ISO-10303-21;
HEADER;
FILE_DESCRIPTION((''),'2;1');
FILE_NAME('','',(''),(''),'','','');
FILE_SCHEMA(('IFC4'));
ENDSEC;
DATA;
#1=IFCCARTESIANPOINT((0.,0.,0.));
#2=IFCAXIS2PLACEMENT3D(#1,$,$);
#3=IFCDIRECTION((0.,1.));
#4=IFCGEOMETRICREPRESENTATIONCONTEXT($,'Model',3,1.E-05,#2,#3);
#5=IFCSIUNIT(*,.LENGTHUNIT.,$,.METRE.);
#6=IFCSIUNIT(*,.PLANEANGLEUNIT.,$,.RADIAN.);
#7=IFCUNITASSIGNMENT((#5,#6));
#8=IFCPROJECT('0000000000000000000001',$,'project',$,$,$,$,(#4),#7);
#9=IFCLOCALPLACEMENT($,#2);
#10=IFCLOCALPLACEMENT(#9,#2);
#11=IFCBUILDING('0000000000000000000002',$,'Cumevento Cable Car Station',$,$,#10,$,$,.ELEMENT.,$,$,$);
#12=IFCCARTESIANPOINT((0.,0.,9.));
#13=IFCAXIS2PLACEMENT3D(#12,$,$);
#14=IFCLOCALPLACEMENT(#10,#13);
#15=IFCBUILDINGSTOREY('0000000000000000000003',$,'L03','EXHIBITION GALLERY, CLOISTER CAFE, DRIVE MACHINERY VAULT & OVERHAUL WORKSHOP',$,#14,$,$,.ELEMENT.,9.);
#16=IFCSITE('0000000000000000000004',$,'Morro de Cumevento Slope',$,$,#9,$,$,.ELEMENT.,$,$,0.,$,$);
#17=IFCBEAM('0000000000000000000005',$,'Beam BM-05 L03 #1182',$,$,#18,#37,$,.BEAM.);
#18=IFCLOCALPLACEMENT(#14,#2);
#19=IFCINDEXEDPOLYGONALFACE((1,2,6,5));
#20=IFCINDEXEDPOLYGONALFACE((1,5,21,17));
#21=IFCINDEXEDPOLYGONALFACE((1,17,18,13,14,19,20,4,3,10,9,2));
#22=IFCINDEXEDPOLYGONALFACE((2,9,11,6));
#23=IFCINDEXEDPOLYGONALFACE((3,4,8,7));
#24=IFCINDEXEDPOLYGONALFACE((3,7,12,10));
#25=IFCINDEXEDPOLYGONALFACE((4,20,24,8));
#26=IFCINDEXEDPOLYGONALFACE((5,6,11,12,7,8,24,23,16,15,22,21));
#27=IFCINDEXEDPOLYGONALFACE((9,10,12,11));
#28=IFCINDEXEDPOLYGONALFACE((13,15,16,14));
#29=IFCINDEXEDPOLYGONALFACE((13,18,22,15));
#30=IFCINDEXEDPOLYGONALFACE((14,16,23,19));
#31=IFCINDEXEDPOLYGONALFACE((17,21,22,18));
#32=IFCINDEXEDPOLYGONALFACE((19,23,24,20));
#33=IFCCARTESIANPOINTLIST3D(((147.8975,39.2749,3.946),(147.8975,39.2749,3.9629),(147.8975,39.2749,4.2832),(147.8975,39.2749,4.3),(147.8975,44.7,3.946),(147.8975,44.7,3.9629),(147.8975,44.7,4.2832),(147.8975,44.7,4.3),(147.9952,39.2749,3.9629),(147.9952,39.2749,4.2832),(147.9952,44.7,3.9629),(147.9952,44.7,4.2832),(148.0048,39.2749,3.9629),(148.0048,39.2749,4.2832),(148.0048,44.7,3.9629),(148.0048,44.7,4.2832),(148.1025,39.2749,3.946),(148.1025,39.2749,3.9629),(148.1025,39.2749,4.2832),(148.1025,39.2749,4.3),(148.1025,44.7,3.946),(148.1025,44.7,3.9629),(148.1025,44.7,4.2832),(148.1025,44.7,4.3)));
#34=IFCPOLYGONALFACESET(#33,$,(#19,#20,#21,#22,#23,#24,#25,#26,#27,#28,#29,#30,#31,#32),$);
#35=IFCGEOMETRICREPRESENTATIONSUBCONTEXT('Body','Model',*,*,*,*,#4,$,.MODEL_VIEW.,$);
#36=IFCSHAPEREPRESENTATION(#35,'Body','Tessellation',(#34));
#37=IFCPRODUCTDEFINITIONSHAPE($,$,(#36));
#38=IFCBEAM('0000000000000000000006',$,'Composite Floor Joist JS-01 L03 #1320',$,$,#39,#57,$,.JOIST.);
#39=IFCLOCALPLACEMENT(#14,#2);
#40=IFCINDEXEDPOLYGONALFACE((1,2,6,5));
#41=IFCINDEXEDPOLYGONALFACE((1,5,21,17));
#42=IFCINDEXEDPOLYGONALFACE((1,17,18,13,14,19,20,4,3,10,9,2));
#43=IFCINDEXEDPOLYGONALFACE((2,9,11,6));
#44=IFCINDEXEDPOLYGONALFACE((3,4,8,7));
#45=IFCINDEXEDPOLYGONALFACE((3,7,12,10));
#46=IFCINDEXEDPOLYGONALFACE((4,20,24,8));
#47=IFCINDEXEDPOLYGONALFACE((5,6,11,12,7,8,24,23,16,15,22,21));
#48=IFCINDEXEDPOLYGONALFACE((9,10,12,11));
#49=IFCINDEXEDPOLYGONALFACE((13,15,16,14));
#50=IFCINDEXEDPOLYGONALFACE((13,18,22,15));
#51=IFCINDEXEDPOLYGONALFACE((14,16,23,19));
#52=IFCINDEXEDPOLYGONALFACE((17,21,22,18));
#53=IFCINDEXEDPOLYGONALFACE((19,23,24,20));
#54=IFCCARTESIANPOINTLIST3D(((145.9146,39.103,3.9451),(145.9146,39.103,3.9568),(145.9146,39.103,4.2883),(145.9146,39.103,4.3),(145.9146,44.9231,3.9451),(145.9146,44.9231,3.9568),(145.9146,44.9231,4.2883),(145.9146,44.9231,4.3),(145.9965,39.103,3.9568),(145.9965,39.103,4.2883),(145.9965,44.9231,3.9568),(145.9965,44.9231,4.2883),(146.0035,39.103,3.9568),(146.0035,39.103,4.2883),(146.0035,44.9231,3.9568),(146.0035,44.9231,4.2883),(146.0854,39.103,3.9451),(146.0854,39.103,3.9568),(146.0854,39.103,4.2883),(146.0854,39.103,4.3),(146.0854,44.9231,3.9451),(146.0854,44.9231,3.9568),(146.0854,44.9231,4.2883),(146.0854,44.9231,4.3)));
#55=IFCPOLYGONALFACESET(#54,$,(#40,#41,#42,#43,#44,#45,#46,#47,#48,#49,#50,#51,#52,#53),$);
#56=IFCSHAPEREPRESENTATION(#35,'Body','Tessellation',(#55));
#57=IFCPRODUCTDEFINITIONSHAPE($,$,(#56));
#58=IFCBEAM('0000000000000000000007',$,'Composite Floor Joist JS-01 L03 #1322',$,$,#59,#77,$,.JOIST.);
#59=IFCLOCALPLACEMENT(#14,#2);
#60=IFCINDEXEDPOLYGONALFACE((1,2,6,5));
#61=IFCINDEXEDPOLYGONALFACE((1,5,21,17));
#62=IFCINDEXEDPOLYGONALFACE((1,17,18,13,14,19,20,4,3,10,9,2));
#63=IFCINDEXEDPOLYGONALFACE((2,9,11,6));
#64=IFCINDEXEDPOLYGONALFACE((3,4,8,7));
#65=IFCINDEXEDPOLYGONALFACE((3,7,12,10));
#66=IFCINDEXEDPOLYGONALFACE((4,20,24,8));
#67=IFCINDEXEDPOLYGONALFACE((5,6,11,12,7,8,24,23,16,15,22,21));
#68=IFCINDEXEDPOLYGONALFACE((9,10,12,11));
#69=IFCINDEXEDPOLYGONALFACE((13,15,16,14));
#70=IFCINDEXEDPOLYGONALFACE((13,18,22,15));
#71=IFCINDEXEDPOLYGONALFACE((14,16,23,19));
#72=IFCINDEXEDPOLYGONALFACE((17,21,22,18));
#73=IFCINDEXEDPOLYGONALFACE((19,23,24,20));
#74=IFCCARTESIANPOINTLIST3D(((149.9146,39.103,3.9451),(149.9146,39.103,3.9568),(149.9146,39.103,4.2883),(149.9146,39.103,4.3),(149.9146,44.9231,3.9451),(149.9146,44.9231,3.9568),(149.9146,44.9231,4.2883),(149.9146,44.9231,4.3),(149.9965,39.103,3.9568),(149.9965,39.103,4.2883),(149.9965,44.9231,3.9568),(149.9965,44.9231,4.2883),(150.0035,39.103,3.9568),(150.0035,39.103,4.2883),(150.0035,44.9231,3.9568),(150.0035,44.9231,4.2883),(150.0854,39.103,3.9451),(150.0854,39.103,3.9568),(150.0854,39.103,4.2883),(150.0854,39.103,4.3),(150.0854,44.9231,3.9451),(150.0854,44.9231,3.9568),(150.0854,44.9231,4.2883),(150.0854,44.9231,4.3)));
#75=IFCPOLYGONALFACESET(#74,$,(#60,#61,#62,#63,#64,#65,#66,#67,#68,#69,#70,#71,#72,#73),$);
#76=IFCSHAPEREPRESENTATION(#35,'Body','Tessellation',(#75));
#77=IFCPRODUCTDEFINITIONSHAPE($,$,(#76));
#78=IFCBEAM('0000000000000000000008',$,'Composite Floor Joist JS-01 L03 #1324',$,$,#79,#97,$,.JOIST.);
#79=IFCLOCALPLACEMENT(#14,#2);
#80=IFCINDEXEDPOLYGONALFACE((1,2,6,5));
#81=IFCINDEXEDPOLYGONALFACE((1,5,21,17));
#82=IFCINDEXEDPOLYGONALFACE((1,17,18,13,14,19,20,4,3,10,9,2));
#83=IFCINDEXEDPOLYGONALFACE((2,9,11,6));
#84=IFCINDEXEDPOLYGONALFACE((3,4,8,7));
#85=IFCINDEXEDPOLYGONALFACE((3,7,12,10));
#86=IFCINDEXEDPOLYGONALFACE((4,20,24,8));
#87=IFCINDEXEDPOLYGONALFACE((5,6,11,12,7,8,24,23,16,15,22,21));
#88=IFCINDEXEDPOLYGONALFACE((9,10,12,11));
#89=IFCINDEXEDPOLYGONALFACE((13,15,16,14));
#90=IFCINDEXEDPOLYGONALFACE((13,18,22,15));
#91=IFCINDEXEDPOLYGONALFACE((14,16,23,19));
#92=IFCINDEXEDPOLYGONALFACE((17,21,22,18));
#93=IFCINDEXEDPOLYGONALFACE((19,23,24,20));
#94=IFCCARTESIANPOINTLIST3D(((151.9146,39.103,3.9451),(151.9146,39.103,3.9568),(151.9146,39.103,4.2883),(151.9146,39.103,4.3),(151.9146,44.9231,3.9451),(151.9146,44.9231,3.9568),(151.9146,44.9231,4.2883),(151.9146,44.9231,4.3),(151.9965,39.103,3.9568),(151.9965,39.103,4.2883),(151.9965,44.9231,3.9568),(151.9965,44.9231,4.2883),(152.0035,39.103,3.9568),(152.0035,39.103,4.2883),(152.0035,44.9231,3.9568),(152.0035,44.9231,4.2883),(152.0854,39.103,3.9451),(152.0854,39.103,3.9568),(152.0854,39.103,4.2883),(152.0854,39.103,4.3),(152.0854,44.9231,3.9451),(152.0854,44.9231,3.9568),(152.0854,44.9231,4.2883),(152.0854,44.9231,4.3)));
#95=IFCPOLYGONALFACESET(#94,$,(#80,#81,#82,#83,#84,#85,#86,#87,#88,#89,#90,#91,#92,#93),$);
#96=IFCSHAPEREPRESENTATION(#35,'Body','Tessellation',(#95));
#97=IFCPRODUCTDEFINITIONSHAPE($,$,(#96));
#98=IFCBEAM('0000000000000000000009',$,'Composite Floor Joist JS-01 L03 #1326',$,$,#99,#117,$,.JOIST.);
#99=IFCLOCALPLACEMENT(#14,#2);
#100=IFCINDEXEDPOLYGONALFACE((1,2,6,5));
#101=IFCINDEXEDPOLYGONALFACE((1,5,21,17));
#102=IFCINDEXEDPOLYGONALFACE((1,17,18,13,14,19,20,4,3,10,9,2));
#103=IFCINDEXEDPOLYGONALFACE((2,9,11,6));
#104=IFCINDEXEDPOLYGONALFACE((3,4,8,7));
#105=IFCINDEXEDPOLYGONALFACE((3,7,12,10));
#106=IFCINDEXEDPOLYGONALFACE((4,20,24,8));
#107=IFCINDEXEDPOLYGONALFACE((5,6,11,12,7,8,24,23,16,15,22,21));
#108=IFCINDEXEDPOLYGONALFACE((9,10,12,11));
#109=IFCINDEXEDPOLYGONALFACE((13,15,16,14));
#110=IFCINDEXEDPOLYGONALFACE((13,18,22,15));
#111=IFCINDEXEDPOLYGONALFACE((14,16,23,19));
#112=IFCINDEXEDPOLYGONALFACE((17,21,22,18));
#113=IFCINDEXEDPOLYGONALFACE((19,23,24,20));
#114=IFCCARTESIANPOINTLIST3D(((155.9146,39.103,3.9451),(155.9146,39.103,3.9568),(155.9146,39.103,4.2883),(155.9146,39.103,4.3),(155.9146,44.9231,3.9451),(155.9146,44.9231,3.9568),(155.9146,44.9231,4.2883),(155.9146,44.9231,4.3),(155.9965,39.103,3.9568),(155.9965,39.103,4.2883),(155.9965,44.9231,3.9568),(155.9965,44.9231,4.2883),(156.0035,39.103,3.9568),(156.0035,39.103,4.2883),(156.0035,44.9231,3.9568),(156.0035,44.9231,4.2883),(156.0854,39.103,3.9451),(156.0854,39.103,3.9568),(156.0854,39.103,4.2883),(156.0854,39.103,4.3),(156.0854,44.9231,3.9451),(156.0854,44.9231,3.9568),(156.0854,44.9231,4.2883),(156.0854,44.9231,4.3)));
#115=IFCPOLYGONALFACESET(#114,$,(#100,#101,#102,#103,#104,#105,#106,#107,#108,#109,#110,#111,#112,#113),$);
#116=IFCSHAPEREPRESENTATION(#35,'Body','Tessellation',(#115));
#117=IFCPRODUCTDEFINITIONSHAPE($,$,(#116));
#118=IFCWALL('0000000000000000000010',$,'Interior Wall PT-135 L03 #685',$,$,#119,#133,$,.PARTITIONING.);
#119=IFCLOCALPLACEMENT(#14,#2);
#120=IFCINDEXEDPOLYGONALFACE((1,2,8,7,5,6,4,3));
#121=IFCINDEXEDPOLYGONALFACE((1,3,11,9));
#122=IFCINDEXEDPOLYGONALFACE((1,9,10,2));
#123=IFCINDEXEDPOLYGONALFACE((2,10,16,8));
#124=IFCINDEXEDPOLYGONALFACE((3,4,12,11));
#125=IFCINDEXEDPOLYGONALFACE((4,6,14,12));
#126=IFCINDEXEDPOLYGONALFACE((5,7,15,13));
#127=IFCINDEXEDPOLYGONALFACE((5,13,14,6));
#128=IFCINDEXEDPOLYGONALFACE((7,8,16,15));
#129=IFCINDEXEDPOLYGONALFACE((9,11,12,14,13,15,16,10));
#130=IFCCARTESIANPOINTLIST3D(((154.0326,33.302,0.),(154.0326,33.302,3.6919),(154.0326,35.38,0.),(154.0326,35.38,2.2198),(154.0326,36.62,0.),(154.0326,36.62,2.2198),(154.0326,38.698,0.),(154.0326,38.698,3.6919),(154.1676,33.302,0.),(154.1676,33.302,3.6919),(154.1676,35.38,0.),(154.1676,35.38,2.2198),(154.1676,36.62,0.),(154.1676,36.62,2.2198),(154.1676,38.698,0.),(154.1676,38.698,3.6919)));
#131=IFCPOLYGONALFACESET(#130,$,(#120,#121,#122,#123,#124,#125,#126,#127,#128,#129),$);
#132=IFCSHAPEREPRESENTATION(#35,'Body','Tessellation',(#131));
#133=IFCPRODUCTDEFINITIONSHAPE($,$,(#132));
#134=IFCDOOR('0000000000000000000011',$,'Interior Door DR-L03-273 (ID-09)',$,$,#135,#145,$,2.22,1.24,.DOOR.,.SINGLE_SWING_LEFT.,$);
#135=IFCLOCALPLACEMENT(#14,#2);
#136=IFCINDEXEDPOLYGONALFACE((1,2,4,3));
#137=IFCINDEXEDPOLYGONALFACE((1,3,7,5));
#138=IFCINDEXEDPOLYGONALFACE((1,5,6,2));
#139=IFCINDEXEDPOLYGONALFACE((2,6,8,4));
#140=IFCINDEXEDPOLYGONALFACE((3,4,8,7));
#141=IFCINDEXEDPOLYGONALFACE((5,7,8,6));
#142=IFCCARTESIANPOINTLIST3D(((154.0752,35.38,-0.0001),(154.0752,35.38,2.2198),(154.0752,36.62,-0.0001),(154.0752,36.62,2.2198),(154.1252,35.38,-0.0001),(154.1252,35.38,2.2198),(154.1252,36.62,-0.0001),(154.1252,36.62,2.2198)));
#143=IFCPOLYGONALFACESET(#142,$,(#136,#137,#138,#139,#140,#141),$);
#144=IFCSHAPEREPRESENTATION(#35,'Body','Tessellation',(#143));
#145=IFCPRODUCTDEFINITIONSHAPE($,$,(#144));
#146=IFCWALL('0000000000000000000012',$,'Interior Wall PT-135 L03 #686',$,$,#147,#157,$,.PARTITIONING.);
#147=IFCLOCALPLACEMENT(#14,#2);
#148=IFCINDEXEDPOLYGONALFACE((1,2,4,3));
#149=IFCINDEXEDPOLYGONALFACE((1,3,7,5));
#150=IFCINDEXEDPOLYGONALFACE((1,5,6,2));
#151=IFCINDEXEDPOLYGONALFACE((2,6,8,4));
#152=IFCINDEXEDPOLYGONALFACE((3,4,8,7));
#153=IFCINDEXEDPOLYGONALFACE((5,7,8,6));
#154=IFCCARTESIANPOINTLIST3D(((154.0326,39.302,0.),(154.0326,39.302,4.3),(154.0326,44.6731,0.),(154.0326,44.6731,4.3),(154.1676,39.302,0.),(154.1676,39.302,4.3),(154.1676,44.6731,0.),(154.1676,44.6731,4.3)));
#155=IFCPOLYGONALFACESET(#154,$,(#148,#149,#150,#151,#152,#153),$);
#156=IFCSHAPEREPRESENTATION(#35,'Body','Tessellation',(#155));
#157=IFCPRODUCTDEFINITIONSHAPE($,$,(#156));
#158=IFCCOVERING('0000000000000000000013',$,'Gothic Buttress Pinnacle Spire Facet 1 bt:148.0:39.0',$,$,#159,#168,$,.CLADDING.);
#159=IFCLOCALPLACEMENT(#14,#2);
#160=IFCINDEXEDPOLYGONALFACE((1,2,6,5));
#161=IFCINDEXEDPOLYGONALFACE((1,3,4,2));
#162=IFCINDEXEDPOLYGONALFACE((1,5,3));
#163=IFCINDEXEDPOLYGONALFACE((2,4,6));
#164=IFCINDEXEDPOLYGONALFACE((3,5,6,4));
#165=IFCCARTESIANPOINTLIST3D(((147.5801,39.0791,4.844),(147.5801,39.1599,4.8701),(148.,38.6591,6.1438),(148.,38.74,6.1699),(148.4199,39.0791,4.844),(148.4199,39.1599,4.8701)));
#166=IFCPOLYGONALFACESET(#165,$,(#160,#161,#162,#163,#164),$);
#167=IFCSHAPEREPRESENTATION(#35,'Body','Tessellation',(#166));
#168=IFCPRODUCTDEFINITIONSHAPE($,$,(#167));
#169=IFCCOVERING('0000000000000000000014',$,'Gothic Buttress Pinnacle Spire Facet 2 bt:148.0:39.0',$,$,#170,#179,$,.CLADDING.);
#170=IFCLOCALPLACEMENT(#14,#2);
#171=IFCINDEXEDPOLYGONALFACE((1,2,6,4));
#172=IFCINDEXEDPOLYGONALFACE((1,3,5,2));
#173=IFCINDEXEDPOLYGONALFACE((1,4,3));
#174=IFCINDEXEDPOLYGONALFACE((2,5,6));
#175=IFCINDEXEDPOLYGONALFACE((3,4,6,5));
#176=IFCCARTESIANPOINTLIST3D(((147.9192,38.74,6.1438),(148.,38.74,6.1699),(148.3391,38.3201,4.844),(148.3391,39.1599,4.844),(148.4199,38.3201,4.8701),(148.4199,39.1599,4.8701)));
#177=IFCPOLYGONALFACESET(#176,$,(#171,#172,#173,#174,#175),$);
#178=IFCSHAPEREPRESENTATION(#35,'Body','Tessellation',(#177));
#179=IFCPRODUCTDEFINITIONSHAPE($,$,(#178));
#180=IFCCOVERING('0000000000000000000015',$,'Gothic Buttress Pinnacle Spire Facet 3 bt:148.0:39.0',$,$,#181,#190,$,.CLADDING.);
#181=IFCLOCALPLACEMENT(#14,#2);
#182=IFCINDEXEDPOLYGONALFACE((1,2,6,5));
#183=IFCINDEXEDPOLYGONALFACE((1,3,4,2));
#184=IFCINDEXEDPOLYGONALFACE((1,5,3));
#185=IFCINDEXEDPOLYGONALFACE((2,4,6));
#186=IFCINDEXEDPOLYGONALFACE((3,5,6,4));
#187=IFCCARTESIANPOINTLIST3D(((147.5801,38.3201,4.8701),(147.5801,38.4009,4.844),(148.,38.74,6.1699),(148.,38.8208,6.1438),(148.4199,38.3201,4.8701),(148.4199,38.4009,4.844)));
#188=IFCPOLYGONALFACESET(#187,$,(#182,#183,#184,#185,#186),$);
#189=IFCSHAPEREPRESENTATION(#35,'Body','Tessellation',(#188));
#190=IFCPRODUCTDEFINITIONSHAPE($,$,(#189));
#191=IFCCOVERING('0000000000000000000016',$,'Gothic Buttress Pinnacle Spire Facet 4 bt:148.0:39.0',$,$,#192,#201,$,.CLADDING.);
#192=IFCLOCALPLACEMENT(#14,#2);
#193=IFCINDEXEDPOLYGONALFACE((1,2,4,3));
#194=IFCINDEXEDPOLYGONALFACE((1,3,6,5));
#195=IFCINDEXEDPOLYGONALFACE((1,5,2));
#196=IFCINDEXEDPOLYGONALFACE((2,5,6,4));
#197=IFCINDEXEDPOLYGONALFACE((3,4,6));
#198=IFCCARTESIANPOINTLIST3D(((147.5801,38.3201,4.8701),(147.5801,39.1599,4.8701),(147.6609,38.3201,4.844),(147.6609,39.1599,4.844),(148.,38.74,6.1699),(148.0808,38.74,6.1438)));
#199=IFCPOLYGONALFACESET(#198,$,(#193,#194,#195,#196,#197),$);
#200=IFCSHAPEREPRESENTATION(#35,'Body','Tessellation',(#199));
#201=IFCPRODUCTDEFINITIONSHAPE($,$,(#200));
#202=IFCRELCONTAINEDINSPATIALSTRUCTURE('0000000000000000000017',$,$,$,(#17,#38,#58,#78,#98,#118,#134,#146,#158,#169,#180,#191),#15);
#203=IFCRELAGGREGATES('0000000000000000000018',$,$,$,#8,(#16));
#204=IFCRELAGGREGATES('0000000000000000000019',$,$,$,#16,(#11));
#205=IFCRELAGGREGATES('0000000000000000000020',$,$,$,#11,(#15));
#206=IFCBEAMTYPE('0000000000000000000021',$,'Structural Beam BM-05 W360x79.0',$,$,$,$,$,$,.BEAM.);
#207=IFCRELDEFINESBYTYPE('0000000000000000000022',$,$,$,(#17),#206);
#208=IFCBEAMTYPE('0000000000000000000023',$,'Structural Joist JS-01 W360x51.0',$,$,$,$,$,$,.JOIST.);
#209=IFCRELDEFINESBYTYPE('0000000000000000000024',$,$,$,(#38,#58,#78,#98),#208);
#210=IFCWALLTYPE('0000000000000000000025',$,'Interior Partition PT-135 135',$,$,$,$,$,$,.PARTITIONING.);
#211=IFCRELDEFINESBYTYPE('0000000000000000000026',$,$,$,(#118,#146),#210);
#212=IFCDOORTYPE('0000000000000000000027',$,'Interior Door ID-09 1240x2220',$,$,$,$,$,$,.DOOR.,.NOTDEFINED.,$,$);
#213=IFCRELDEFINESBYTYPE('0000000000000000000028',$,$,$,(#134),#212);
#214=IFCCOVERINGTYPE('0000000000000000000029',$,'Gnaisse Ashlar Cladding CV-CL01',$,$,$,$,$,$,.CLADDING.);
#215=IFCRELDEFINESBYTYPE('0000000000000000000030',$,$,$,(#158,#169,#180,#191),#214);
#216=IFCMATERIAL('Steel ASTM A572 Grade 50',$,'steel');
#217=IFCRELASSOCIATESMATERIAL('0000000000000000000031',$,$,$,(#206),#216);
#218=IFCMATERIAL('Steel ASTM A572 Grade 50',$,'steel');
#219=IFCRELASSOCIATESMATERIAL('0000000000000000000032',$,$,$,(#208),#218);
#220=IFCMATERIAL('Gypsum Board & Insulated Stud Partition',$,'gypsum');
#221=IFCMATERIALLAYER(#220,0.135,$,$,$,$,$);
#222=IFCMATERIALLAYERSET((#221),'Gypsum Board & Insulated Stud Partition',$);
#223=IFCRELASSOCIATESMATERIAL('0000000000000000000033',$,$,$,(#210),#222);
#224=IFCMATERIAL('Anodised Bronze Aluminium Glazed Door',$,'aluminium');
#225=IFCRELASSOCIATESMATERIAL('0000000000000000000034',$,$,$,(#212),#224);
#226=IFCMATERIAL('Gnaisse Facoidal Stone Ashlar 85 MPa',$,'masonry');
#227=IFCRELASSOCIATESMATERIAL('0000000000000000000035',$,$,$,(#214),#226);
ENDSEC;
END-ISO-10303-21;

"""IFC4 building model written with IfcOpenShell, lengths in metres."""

from ifc_helpers import new_model, si_unit, direction, frame, frame_2d, origin, origin_2d, place, context, subcontext, project, spatial, polyline, rectangle, i_section, outline, extrude, material, layer, layer_set, material_profile, profile_set, type_object, element, fill, save


model = new_model("IFC4")

# Units and contexts
model_context = context("Model", 3, precision=1e-05, world=origin(), true_north=direction((0.0, 1.0)))
body_context = subcontext(model_context, "Body", "Model", "MODEL_VIEW")
ifc_project = project(units=[si_unit("LENGTHUNIT", "METRE"), si_unit("PLANEANGLEUNIT", "RADIAN")], contexts=[model_context])

# Site, building, storey
site_placement = place(None, origin())
site = spatial("IfcSite", under=ifc_project, at=site_placement, Name="Morro de Cumevento Slope", CompositionType="ELEMENT", RefElevation=0.0)
building_placement = place(site_placement, origin())
building = spatial("IfcBuilding", under=site, at=building_placement, Name="Cumevento Cable Car Station", CompositionType="ELEMENT")
storey_placement = place(building_placement, frame((0.0, 0.0, 9.0)))
storey = spatial("IfcBuildingStorey", under=building, at=storey_placement, Name="L03", Description="EXHIBITION GALLERY, CLOISTER CAFE, DRIVE MACHINERY VAULT & OVERHAUL WORKSHOP", CompositionType="ELEMENT", Elevation=9.0)

# Beams
ifc_material_1 = material(Name="Steel ASTM A572 Grade 50", Category="steel")
ifc_material_profile_1 = material_profile(ifc_material_1, i_section(OverallWidth=0.2051, OverallDepth=0.354, WebThickness=0.0095, FlangeThickness=0.0168, at=origin_2d()), Name="W360x79.0")
ifc_profile_set_1 = profile_set([ifc_material_profile_1], Name="Steel ASTM A572 Grade 50")
beam_type_1 = type_object("IfcBeamType", Name="Structural Beam BM-05 W360x79.0", PredefinedType="BEAM", material=ifc_profile_set_1)
beam_1_placement = place(storey_placement, frame((148.0, 39.2749, 4.123), z_axis=(0.0, 1.0, 0.0), x_axis=(-1.0, 0.0, 0.0)))
element("IfcBeam", 1, at=beam_1_placement, inside=storey, type_object=beam_type_1, Name="Beam BM-05 L03 #1182", PredefinedType="BEAM", context=body_context, shape_type="SweptSolid", body=[
    extrude(i_section(OverallWidth=0.2051, OverallDepth=0.354, WebThickness=0.0095, FlangeThickness=0.0168, at=origin_2d()), origin(), (0.0, 0.0, 1.0), 5.425),
])
ifc_material_2 = material(Name="Steel ASTM A572 Grade 50", Category="steel")
ifc_material_profile_2 = material_profile(ifc_material_2, i_section(OverallWidth=0.1709, OverallDepth=0.355, WebThickness=0.0071, FlangeThickness=0.0117, at=origin_2d()), Name="W360x51.0")
ifc_profile_set_2 = profile_set([ifc_material_profile_2], Name="Steel ASTM A572 Grade 50")
beam_type_2 = type_object("IfcBeamType", Name="Structural Joist JS-01 W360x51.0", PredefinedType="JOIST", material=ifc_profile_set_2)
for number, where, z_axis, x_axis, name in (
    (2, (146.0, 39.103, 4.1226), (0.0, 1.0, 0.0), (-1.0, 0.0, 0.0), "Composite Floor Joist JS-01 L03 #1320"),
    (3, (150.0, 39.103, 4.1226), (0.0, 1.0, 0.0), (-1.0, 0.0, 0.0), "Composite Floor Joist JS-01 L03 #1322"),
    (4, (152.0, 39.103, 4.1226), (0.0, 1.0, 0.0), (-1.0, 0.0, 0.0), "Composite Floor Joist JS-01 L03 #1324"),
    (5, (156.0, 39.103, 4.1226), (0.0, 1.0, 0.0), (-1.0, 0.0, 0.0), "Composite Floor Joist JS-01 L03 #1326"),
):
    element("IfcBeam", number, at=place(storey_placement, frame(where, z_axis=z_axis, x_axis=x_axis)), inside=storey, type_object=beam_type_2, Name=name, PredefinedType="JOIST", context=body_context, shape_type="SweptSolid", body=[
        extrude(i_section(OverallWidth=0.1709, OverallDepth=0.355, WebThickness=0.0071, FlangeThickness=0.0117, at=origin_2d()), origin(), (0.0, 0.0, 1.0), 5.8201),
    ])

# Wall, opening, door
ifc_material_3 = material(Name="Gypsum Board & Insulated Stud Partition", Category="gypsum")
ifc_layer_1 = layer(ifc_material_3, 0.135)
ifc_layer_set_1 = layer_set([ifc_layer_1], Name="Gypsum Board & Insulated Stud Partition")
wall_type = type_object("IfcWallType", Name="Interior Partition PT-135 135", PredefinedType="PARTITIONING", material=ifc_layer_set_1)
wall_1_placement = place(storey_placement, frame((154.1001, 33.302, 0.0), z_axis=(0.0, 0.0, 1.0), x_axis=(0.0, 1.0, 0.0)))
wall_1 = element("IfcWall", 6, at=wall_1_placement, inside=storey, type_object=wall_type, Name="Interior Wall PT-135 L03 #685", PredefinedType="PARTITIONING", context=body_context, shape_type="SweptSolid", body=[
    extrude(rectangle(XDim=5.396, YDim=0.135, at=frame_2d((2.698, 0.0))), origin(), (0.0, 0.0, 1.0), 3.6919),
])
opening_placement = place(wall_1_placement, frame((2.0779, 0.0, 0.0)))
opening = element("IfcOpeningElement", 7, at=opening_placement, cuts=wall_1, PredefinedType="OPENING", context=body_context, shape_type="SweptSolid", body=[
    extrude(rectangle(XDim=1.24, YDim=2.22, at=frame_2d((0.6201, 1.1099))), frame((0.0, 0.0774, 0.0), z_axis=(0.0, -1.0, 0.0), x_axis=(1.0, 0.0, 0.0)), (0.0, 0.0, 1.0), 0.155),
])
ifc_material_4 = material(Name="Anodised Bronze Aluminium Glazed Door", Category="aluminium")
door_type = type_object("IfcDoorType", Name="Interior Door ID-09 1240x2220", OperationType="NOTDEFINED", PredefinedType="DOOR", material=ifc_material_4)
door_placement = place(opening_placement, origin())
door = element("IfcDoor", 8, at=door_placement, inside=storey, type_object=door_type, Name="Interior Door DR-L03-273 (ID-09)", OperationType="SINGLE_SWING_LEFT", OverallHeight=2.22, OverallWidth=1.24, PredefinedType="DOOR", context=body_context, shape_type="SweptSolid", body=[
    extrude(rectangle(XDim=1.24, YDim=2.22, at=frame_2d((0.6201, 1.1099))), frame((0.0, 0.0249, 0.0), z_axis=(0.0, -1.0, 0.0), x_axis=(1.0, 0.0, 0.0)), (0.0, 0.0, 1.0), 0.05),
])
fill(opening, door)

# Wall
wall_2_placement = place(storey_placement, frame((154.1001, 39.302, 0.0), z_axis=(0.0, 0.0, 1.0), x_axis=(0.0, 1.0, 0.0)))
element("IfcWall", 9, at=wall_2_placement, inside=storey, type_object=wall_type, Name="Interior Wall PT-135 L03 #686", PredefinedType="PARTITIONING", context=body_context, shape_type="SweptSolid", body=[
    extrude(rectangle(XDim=5.3711, YDim=0.135, at=frame_2d((2.6855, 0.0))), origin(), (0.0, 0.0, 1.0), 4.3),
])

# Coverings
ifc_material_5 = material(Name="Gnaisse Facoidal Stone Ashlar 85 MPa", Category="masonry")
covering_type = type_object("IfcCoveringType", Name="Gnaisse Ashlar Cladding CV-CL01", PredefinedType="CLADDING", material=ifc_material_5)
for number, where, z_axis, x_axis, name in (
    (10, (147.5801, 39.1599, 4.8701), (0.0, 0.951574, 0.307421), (1.0, 0.0, 0.0), "Gothic Buttress Pinnacle Spire Facet 1 bt:148.0:39.0"),
    (11, (148.4199, 39.1599, 4.8701), (0.951574, 0.0, 0.307421), (0.0, -1.0, 0.0), "Gothic Buttress Pinnacle Spire Facet 2 bt:148.0:39.0"),
    (12, (148.4199, 38.3201, 4.8701), (0.0, -0.951574, 0.307421), (-1.0, 0.0, 0.0), "Gothic Buttress Pinnacle Spire Facet 3 bt:148.0:39.0"),
    (13, (147.5801, 38.3201, 4.8701), (-0.951574, 0.0, 0.307421), (0.0, 1.0, 0.0), "Gothic Buttress Pinnacle Spire Facet 4 bt:148.0:39.0"),
):
    element("IfcCovering", number, at=place(storey_placement, frame(where, z_axis=z_axis, x_axis=x_axis)), inside=storey, type_object=covering_type, Name=name, PredefinedType="CLADDING", context=body_context, shape_type="SweptSolid", body=[
        extrude(outline(polyline([(0.0, 0.0), (0.8398, 0.0), (0.4199, -1.366), (0.0, 0.0)])), origin(), (0.0, 0.0, -1.0), 0.085),
    ])

save(model, "model.ifc")
